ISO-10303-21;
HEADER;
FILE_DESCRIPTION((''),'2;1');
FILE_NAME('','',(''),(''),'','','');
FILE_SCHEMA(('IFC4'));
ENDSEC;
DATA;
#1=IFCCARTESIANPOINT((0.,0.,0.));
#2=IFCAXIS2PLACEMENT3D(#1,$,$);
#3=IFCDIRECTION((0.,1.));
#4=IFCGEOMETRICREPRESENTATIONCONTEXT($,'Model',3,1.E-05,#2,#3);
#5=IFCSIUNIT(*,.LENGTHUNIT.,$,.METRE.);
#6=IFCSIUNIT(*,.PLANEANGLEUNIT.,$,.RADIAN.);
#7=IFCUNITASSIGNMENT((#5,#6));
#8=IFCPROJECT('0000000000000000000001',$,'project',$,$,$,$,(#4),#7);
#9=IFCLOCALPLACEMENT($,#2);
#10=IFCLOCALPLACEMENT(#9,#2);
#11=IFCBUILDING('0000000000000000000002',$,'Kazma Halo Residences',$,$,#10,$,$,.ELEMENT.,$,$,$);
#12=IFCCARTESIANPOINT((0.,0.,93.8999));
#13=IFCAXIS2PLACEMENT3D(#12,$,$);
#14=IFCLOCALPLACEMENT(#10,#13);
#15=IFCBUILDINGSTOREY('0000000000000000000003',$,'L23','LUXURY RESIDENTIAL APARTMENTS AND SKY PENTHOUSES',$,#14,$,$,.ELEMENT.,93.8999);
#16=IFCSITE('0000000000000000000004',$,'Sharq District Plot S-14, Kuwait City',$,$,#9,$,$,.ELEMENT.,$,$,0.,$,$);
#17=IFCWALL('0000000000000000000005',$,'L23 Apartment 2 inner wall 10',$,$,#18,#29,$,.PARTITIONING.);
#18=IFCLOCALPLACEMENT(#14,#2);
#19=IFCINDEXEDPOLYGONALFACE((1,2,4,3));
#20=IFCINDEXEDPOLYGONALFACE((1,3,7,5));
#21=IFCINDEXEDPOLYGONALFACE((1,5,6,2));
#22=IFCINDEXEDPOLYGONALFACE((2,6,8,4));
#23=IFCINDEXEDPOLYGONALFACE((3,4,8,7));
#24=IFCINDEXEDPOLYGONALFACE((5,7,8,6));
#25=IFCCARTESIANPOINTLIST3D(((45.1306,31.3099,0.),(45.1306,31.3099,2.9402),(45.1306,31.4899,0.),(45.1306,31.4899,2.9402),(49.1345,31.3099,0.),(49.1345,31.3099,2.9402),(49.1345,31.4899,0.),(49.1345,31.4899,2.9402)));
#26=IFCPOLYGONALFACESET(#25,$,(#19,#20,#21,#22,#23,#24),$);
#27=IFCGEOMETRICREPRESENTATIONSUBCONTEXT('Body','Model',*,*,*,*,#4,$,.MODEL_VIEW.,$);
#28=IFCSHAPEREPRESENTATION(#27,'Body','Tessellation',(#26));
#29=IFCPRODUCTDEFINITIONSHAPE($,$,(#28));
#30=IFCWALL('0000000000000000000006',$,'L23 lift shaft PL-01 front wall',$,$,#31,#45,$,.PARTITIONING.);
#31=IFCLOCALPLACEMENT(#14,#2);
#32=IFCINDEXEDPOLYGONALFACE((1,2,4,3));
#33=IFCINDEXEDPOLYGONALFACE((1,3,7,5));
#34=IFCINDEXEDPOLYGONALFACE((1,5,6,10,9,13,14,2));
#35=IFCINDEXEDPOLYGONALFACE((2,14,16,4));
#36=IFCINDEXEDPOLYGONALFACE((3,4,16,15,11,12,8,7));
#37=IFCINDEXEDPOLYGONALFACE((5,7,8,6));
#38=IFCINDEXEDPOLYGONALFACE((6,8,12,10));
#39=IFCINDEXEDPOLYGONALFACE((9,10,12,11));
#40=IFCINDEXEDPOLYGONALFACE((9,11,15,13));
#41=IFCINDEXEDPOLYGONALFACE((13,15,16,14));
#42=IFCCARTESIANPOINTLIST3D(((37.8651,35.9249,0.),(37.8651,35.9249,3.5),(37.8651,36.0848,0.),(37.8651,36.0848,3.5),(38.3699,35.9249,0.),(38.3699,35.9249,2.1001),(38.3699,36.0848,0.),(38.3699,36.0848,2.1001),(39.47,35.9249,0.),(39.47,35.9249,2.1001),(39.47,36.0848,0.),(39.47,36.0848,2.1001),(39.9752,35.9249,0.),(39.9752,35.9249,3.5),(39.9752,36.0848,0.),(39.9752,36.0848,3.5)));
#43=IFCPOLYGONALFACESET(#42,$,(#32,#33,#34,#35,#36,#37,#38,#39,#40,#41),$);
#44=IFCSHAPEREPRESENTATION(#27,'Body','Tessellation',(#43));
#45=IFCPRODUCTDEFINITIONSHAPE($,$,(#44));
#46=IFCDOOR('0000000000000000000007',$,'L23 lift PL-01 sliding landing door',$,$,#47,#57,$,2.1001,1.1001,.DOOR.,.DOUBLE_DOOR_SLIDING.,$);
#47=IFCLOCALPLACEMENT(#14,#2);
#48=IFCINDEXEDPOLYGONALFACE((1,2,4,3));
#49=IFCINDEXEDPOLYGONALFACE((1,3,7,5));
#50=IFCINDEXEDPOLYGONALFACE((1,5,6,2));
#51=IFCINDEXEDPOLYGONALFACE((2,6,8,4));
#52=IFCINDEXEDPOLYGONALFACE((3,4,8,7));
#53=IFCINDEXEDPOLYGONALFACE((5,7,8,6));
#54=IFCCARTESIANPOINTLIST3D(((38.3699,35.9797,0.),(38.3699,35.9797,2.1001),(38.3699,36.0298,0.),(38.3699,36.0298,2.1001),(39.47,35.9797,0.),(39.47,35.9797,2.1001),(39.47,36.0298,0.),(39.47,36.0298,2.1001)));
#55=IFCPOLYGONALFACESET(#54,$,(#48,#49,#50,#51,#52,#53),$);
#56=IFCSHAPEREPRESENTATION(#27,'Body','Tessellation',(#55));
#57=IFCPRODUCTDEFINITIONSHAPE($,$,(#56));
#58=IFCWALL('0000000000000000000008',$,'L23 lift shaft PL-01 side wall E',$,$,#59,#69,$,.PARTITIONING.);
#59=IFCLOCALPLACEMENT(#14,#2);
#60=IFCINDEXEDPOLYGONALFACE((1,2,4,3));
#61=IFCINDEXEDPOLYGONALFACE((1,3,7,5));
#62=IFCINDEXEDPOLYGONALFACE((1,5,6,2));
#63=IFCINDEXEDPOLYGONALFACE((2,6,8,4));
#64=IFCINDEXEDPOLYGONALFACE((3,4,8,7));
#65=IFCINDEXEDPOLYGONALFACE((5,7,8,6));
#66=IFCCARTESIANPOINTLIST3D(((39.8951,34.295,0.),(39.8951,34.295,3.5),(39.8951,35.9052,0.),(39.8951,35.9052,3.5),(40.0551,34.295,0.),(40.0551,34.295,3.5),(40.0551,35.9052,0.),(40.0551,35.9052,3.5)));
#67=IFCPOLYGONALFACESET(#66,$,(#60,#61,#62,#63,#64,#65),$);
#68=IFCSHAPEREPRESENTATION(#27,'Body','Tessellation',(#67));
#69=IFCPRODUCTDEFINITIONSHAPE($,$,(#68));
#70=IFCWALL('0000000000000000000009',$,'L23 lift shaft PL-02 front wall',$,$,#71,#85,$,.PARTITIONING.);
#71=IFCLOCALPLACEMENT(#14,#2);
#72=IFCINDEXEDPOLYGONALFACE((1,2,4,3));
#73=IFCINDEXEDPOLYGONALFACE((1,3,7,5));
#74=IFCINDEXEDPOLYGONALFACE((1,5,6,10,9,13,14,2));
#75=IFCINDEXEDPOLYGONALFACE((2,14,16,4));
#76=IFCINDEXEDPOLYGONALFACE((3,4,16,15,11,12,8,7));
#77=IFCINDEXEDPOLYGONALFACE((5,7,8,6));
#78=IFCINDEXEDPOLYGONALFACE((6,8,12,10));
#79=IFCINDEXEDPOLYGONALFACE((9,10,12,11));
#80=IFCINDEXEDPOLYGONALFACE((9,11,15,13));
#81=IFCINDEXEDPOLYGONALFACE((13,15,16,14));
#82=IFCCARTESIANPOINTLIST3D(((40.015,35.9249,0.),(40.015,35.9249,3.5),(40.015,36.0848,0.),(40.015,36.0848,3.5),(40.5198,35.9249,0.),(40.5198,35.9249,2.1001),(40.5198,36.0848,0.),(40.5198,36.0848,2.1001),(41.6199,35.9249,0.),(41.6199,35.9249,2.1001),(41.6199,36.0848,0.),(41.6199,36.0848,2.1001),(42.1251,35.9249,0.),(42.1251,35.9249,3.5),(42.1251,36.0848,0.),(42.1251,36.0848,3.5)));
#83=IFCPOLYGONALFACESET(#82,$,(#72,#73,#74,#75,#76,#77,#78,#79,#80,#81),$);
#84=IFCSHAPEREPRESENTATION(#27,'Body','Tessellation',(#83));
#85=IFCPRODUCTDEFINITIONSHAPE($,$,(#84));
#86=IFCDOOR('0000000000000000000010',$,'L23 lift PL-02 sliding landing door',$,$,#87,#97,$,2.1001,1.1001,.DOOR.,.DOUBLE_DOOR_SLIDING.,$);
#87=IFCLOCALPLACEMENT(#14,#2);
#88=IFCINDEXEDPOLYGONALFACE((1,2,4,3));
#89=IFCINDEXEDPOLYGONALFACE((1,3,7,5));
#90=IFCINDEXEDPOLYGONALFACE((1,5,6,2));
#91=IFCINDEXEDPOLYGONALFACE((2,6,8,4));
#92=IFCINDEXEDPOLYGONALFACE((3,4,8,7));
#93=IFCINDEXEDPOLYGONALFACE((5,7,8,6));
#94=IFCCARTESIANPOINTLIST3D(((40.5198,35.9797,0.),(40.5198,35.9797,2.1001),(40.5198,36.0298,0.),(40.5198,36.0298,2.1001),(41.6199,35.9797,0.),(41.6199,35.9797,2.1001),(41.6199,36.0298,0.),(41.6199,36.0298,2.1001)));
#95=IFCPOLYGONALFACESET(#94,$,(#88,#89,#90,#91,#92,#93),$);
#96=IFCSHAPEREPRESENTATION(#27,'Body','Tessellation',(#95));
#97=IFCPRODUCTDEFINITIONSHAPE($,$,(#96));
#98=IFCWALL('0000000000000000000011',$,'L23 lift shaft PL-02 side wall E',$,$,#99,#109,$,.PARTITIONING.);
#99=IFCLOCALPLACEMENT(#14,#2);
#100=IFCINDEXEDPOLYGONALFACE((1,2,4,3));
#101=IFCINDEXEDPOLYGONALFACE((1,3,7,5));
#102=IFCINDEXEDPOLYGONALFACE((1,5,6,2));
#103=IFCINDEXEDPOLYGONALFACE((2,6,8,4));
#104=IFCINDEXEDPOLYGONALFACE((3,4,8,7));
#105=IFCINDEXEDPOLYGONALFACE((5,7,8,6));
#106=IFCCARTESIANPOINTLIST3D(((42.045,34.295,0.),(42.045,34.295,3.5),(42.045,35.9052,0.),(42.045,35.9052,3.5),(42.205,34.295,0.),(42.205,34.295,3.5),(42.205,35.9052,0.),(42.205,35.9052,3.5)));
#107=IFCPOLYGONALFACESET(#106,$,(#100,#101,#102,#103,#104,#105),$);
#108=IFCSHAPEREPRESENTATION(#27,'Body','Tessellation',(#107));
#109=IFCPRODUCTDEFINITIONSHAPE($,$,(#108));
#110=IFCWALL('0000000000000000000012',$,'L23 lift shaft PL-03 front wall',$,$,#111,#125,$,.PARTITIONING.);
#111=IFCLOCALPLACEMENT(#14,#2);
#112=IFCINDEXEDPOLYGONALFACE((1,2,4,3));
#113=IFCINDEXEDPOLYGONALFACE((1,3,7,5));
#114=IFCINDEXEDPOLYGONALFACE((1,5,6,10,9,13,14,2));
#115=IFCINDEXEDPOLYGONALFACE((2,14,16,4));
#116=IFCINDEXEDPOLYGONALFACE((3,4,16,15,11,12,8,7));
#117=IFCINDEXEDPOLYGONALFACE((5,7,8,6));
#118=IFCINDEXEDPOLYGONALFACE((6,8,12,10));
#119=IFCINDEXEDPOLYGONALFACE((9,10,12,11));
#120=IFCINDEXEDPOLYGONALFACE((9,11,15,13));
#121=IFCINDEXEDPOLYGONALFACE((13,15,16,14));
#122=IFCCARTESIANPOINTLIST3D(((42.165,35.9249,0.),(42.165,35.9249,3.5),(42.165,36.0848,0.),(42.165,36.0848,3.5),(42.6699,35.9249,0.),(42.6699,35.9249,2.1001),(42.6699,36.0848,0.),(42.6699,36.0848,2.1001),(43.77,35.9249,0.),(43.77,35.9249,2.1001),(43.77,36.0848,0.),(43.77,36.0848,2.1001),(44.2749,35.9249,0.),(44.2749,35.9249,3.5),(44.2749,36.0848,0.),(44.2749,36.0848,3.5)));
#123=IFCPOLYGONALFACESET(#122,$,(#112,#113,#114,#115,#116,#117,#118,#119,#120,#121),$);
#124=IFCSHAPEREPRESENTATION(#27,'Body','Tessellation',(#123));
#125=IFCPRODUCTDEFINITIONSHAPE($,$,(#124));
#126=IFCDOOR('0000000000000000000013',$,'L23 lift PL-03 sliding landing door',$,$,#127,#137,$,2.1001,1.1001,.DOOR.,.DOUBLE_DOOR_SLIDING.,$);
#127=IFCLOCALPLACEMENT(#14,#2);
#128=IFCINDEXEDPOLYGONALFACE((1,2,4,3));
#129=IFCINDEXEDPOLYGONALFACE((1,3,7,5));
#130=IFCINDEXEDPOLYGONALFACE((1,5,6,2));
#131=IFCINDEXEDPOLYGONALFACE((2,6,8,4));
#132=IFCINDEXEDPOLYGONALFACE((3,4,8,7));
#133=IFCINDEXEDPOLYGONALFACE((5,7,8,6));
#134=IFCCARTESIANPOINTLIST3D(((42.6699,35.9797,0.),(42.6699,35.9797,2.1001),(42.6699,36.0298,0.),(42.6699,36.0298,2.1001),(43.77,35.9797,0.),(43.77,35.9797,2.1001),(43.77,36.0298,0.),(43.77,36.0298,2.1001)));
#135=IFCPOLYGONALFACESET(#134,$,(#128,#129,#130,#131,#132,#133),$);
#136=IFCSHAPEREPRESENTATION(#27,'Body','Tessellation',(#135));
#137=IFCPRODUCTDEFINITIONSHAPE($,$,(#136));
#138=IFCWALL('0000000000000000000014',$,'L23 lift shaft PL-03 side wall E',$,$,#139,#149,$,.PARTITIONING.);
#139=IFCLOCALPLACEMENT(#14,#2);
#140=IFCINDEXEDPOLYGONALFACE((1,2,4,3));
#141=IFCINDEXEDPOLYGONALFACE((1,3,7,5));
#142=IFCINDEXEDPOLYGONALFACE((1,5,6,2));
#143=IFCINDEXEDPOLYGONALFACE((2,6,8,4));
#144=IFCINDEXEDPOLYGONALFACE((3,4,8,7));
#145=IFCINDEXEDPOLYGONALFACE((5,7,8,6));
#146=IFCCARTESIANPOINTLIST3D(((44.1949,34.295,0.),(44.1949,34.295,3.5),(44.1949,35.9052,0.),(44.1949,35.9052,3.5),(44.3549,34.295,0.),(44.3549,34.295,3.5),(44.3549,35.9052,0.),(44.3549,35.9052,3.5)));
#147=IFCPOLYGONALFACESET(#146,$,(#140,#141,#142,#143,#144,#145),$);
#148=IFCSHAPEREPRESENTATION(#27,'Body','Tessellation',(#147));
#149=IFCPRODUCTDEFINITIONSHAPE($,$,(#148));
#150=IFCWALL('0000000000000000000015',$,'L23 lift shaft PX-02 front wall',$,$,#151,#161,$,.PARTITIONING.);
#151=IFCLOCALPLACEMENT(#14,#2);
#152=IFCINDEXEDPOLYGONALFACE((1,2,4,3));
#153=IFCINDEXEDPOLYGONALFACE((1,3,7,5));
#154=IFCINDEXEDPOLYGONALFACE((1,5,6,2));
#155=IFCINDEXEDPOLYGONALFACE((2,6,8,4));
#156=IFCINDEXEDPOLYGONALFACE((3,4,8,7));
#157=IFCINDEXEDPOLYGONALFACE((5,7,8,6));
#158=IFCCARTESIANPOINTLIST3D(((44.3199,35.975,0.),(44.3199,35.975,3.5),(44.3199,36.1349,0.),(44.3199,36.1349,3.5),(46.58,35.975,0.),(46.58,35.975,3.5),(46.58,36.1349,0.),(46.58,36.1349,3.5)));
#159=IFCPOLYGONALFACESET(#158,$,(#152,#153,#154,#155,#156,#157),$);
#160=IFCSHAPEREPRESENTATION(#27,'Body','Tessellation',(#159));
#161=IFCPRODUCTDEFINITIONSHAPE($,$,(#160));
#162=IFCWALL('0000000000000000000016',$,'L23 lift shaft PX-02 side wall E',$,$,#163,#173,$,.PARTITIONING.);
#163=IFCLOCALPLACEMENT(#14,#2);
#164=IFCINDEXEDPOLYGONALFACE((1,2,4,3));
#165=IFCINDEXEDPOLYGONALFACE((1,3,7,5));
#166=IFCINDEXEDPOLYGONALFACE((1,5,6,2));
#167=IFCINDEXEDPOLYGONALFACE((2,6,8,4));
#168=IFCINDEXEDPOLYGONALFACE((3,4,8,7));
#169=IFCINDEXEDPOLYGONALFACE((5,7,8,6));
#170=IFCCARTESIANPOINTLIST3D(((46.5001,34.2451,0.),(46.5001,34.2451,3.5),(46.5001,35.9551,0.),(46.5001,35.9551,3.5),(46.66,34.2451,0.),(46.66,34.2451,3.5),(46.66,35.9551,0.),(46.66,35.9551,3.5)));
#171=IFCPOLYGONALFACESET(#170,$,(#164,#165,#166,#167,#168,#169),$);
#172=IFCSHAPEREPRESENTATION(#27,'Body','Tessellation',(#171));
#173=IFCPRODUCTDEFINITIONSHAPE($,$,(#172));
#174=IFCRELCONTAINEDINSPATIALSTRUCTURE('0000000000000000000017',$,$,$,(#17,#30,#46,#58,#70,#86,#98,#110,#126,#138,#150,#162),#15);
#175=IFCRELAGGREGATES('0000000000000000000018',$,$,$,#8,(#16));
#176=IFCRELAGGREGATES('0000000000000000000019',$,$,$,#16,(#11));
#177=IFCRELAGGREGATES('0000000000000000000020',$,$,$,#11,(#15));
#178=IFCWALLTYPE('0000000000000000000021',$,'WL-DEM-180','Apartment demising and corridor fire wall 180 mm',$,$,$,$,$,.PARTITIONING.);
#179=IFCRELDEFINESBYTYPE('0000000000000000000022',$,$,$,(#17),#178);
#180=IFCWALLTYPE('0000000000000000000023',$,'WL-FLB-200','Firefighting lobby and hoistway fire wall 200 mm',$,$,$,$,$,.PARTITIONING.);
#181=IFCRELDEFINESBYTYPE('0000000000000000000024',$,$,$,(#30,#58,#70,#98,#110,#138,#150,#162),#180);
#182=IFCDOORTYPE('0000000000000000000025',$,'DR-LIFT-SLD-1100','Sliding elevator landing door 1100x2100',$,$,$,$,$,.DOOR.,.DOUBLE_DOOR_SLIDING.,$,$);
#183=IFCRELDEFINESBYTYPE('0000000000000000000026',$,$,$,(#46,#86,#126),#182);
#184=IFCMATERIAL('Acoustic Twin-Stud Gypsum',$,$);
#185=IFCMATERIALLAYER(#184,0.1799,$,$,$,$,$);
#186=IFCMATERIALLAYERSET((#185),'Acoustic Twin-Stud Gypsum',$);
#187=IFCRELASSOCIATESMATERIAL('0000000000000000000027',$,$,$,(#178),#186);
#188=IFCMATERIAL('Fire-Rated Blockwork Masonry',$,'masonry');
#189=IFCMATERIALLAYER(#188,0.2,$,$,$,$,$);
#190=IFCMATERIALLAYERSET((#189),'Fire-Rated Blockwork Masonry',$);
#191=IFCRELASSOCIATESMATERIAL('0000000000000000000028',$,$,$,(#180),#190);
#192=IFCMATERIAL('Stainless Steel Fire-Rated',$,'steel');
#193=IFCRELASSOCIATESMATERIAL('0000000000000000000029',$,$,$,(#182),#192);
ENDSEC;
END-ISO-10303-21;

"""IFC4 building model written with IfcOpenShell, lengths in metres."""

from ifc_helpers import new_model, si_unit, direction, frame, frame_2d, origin, place, context, subcontext, project, spatial, rectangle, extrude, material, layer, layer_set, type_object, element, fill, save


model = new_model("IFC4")

# Units and contexts
model_context = context("Model", 3, precision=1e-05, world=origin(), true_north=direction((0.0, 1.0)))
body_context = subcontext(model_context, "Body", "Model", "MODEL_VIEW")
ifc_project = project(units=[si_unit("LENGTHUNIT", "METRE"), si_unit("PLANEANGLEUNIT", "RADIAN")], contexts=[model_context])

# Site, building, storey
site_placement = place(None, origin())
site = spatial("IfcSite", under=ifc_project, at=site_placement, Name="Sharq District Plot S-14, Kuwait City", CompositionType="ELEMENT", RefElevation=0.0)
building_placement = place(site_placement, origin())
building = spatial("IfcBuilding", under=site, at=building_placement, Name="Kazma Halo Residences", CompositionType="ELEMENT")
storey_placement = place(building_placement, frame((0.0, 0.0, 93.8999)))
storey = spatial("IfcBuildingStorey", under=building, at=storey_placement, Name="L23", Description="LUXURY RESIDENTIAL APARTMENTS AND SKY PENTHOUSES", CompositionType="ELEMENT", Elevation=93.8999)

# Wall
ifc_material_1 = material(Name="Acoustic Twin-Stud Gypsum")
ifc_layer_1 = layer(ifc_material_1, 0.1799)
ifc_layer_set_1 = layer_set([ifc_layer_1], Name="Acoustic Twin-Stud Gypsum")
wall_type_1 = type_object("IfcWallType", Name="WL-DEM-180", Description="Apartment demising and corridor fire wall 180 mm", PredefinedType="PARTITIONING", material=ifc_layer_set_1)
wall_1_placement = place(storey_placement, frame((45.1306, 31.3999, 0.0), z_axis=(0.0, 0.0, 1.0), x_axis=(1.0, 0.0, 0.0)))
element("IfcWall", 1, at=wall_1_placement, inside=storey, type_object=wall_type_1, Name="L23 Apartment 2 inner wall 10", PredefinedType="PARTITIONING", context=body_context, shape_type="SweptSolid", body=[
    extrude(rectangle(XDim=4.0039, YDim=0.1799, at=frame_2d((2.002, 0.0))), origin(), (0.0, 0.0, 1.0), 2.9402),
])

# Wall, opening, door
ifc_material_2 = material(Name="Fire-Rated Blockwork Masonry", Category="masonry")
ifc_layer_2 = layer(ifc_material_2, 0.2)
ifc_layer_set_2 = layer_set([ifc_layer_2], Name="Fire-Rated Blockwork Masonry")
wall_type_2 = type_object("IfcWallType", Name="WL-FLB-200", Description="Firefighting lobby and hoistway fire wall 200 mm", PredefinedType="PARTITIONING", material=ifc_layer_set_2)
wall_2_placement = place(storey_placement, frame((37.865, 36.0049, 0.0), z_axis=(0.0, 0.0, 1.0), x_axis=(1.0, 0.0, 0.0)))
wall_2 = element("IfcWall", 2, at=wall_2_placement, inside=storey, type_object=wall_type_2, Name="L23 lift shaft PL-01 front wall", PredefinedType="PARTITIONING", context=body_context, shape_type="SweptSolid", body=[
    extrude(rectangle(XDim=2.1101, YDim=0.1599, at=frame_2d((1.0552, 0.0))), origin(), (0.0, 0.0, 1.0), 3.5),
])
opening_1_placement = place(wall_2_placement, frame((0.5049, 0.0, 0.0)))
opening_1 = element("IfcOpeningElement", 3, at=opening_1_placement, cuts=wall_2, PredefinedType="OPENING", context=body_context, shape_type="SweptSolid", body=[
    extrude(rectangle(XDim=1.1001, YDim=2.1001, at=frame_2d((0.55, 1.05))), frame((0.0, 0.0898, 0.0), z_axis=(0.0, -1.0, 0.0), x_axis=(1.0, 0.0, 0.0)), (0.0, 0.0, 1.0), 0.1799),
])
ifc_material_3 = material(Name="Stainless Steel Fire-Rated", Category="steel")
door_type_1 = type_object("IfcDoorType", Name="DR-LIFT-SLD-1100", Description="Sliding elevator landing door 1100x2100", OperationType="DOUBLE_DOOR_SLIDING", PredefinedType="DOOR", material=ifc_material_3)
door_1_placement = place(opening_1_placement, origin())
door_1 = element("IfcDoor", 4, at=door_1_placement, inside=storey, type_object=door_type_1, Name="L23 lift PL-01 sliding landing door", OperationType="DOUBLE_DOOR_SLIDING", OverallHeight=2.1001, OverallWidth=1.1001, PredefinedType="DOOR", context=body_context, shape_type="SweptSolid", body=[
    extrude(rectangle(XDim=1.1001, YDim=2.1001, at=frame_2d((0.55, 1.05))), frame((0.0, 0.0249, 0.0), z_axis=(0.0, -1.0, 0.0), x_axis=(1.0, 0.0, 0.0)), (0.0, 0.0, 1.0), 0.05),
])
fill(opening_1, door_1)

# Wall
wall_3_placement = place(storey_placement, frame((39.9751, 34.2949, 0.0), z_axis=(0.0, 0.0, 1.0), x_axis=(0.0, 1.0, 0.0)))
element("IfcWall", 5, at=wall_3_placement, inside=storey, type_object=wall_type_2, Name="L23 lift shaft PL-01 side wall E", PredefinedType="PARTITIONING", context=body_context, shape_type="SweptSolid", body=[
    extrude(rectangle(XDim=1.6101, YDim=0.1599, at=frame_2d((0.8052, 0.0))), origin(), (0.0, 0.0, 1.0), 3.5),
])

# Wall, opening, door
wall_4_placement = place(storey_placement, frame((40.0149, 36.0049, 0.0), z_axis=(0.0, 0.0, 1.0), x_axis=(1.0, 0.0, 0.0)))
wall_4 = element("IfcWall", 6, at=wall_4_placement, inside=storey, type_object=wall_type_2, Name="L23 lift shaft PL-02 front wall", PredefinedType="PARTITIONING", context=body_context, shape_type="SweptSolid", body=[
    extrude(rectangle(XDim=2.1101, YDim=0.1599, at=frame_2d((1.0552, 0.0))), origin(), (0.0, 0.0, 1.0), 3.5),
])
opening_2_placement = place(wall_4_placement, frame((0.5049, 0.0, 0.0)))
opening_2 = element("IfcOpeningElement", 7, at=opening_2_placement, cuts=wall_4, PredefinedType="OPENING", context=body_context, shape_type="SweptSolid", body=[
    extrude(rectangle(XDim=1.1001, YDim=2.1001, at=frame_2d((0.55, 1.05))), frame((0.0, 0.0898, 0.0), z_axis=(0.0, -1.0, 0.0), x_axis=(1.0, 0.0, 0.0)), (0.0, 0.0, 1.0), 0.1799),
])
door_2_placement = place(opening_2_placement, origin())
door_2 = element("IfcDoor", 8, at=door_2_placement, inside=storey, type_object=door_type_1, Name="L23 lift PL-02 sliding landing door", OperationType="DOUBLE_DOOR_SLIDING", OverallHeight=2.1001, OverallWidth=1.1001, PredefinedType="DOOR", context=body_context, shape_type="SweptSolid", body=[
    extrude(rectangle(XDim=1.1001, YDim=2.1001, at=frame_2d((0.55, 1.05))), frame((0.0, 0.0249, 0.0), z_axis=(0.0, -1.0, 0.0), x_axis=(1.0, 0.0, 0.0)), (0.0, 0.0, 1.0), 0.05),
])
fill(opening_2, door_2)

# Wall
wall_5_placement = place(storey_placement, frame((42.125, 34.2949, 0.0), z_axis=(0.0, 0.0, 1.0), x_axis=(0.0, 1.0, 0.0)))
element("IfcWall", 9, at=wall_5_placement, inside=storey, type_object=wall_type_2, Name="L23 lift shaft PL-02 side wall E", PredefinedType="PARTITIONING", context=body_context, shape_type="SweptSolid", body=[
    extrude(rectangle(XDim=1.6101, YDim=0.1599, at=frame_2d((0.8052, 0.0))), origin(), (0.0, 0.0, 1.0), 3.5),
])

# Wall, opening, door
wall_6_placement = place(storey_placement, frame((42.165, 36.0049, 0.0), z_axis=(0.0, 0.0, 1.0), x_axis=(1.0, 0.0, 0.0)))
wall_6 = element("IfcWall", 10, at=wall_6_placement, inside=storey, type_object=wall_type_2, Name="L23 lift shaft PL-03 front wall", PredefinedType="PARTITIONING", context=body_context, shape_type="SweptSolid", body=[
    extrude(rectangle(XDim=2.1099, YDim=0.1599, at=frame_2d((1.0549, 0.0))), origin(), (0.0, 0.0, 1.0), 3.5),
])
opening_3_placement = place(wall_6_placement, frame((0.5049, 0.0, 0.0)))
opening_3 = element("IfcOpeningElement", 11, at=opening_3_placement, cuts=wall_6, PredefinedType="OPENING", context=body_context, shape_type="SweptSolid", body=[
    extrude(rectangle(XDim=1.1001, YDim=2.1001, at=frame_2d((0.55, 1.05))), frame((0.0, 0.0898, 0.0), z_axis=(0.0, -1.0, 0.0), x_axis=(1.0, 0.0, 0.0)), (0.0, 0.0, 1.0), 0.1799),
])
door_3_placement = place(opening_3_placement, origin())
door_3 = element("IfcDoor", 12, at=door_3_placement, inside=storey, type_object=door_type_1, Name="L23 lift PL-03 sliding landing door", OperationType="DOUBLE_DOOR_SLIDING", OverallHeight=2.1001, OverallWidth=1.1001, PredefinedType="DOOR", context=body_context, shape_type="SweptSolid", body=[
    extrude(rectangle(XDim=1.1001, YDim=2.1001, at=frame_2d((0.55, 1.05))), frame((0.0, 0.0249, 0.0), z_axis=(0.0, -1.0, 0.0), x_axis=(1.0, 0.0, 0.0)), (0.0, 0.0, 1.0), 0.05),
])
fill(opening_3, door_3)

# Walls
wall_7_placement = place(storey_placement, frame((44.2749, 34.2949, 0.0), z_axis=(0.0, 0.0, 1.0), x_axis=(0.0, 1.0, 0.0)))
element("IfcWall", 13, at=wall_7_placement, inside=storey, type_object=wall_type_2, Name="L23 lift shaft PL-03 side wall E", PredefinedType="PARTITIONING", context=body_context, shape_type="SweptSolid", body=[
    extrude(rectangle(XDim=1.6101, YDim=0.1599, at=frame_2d((0.8052, 0.0))), origin(), (0.0, 0.0, 1.0), 3.5),
])
wall_8_placement = place(storey_placement, frame((44.3201, 36.0549, 0.0), z_axis=(0.0, 0.0, 1.0), x_axis=(1.0, 0.0, 0.0)))
element("IfcWall", 14, at=wall_8_placement, inside=storey, type_object=wall_type_2, Name="L23 lift shaft PX-02 front wall", PredefinedType="PARTITIONING", context=body_context, shape_type="SweptSolid", body=[
    extrude(rectangle(XDim=2.26, YDim=0.1599, at=frame_2d((1.1299, 0.0))), origin(), (0.0, 0.0, 1.0), 3.5),
])
wall_9_placement = place(storey_placement, frame((46.5801, 34.2451, 0.0), z_axis=(0.0, 0.0, 1.0), x_axis=(0.0, 1.0, 0.0)))
element("IfcWall", 15, at=wall_9_placement, inside=storey, type_object=wall_type_2, Name="L23 lift shaft PX-02 side wall E", PredefinedType="PARTITIONING", context=body_context, shape_type="SweptSolid", body=[
    extrude(rectangle(XDim=1.71, YDim=0.1599, at=frame_2d((0.855, 0.0))), origin(), (0.0, 0.0, 1.0), 3.5),
])

save(model, "model.ifc")
